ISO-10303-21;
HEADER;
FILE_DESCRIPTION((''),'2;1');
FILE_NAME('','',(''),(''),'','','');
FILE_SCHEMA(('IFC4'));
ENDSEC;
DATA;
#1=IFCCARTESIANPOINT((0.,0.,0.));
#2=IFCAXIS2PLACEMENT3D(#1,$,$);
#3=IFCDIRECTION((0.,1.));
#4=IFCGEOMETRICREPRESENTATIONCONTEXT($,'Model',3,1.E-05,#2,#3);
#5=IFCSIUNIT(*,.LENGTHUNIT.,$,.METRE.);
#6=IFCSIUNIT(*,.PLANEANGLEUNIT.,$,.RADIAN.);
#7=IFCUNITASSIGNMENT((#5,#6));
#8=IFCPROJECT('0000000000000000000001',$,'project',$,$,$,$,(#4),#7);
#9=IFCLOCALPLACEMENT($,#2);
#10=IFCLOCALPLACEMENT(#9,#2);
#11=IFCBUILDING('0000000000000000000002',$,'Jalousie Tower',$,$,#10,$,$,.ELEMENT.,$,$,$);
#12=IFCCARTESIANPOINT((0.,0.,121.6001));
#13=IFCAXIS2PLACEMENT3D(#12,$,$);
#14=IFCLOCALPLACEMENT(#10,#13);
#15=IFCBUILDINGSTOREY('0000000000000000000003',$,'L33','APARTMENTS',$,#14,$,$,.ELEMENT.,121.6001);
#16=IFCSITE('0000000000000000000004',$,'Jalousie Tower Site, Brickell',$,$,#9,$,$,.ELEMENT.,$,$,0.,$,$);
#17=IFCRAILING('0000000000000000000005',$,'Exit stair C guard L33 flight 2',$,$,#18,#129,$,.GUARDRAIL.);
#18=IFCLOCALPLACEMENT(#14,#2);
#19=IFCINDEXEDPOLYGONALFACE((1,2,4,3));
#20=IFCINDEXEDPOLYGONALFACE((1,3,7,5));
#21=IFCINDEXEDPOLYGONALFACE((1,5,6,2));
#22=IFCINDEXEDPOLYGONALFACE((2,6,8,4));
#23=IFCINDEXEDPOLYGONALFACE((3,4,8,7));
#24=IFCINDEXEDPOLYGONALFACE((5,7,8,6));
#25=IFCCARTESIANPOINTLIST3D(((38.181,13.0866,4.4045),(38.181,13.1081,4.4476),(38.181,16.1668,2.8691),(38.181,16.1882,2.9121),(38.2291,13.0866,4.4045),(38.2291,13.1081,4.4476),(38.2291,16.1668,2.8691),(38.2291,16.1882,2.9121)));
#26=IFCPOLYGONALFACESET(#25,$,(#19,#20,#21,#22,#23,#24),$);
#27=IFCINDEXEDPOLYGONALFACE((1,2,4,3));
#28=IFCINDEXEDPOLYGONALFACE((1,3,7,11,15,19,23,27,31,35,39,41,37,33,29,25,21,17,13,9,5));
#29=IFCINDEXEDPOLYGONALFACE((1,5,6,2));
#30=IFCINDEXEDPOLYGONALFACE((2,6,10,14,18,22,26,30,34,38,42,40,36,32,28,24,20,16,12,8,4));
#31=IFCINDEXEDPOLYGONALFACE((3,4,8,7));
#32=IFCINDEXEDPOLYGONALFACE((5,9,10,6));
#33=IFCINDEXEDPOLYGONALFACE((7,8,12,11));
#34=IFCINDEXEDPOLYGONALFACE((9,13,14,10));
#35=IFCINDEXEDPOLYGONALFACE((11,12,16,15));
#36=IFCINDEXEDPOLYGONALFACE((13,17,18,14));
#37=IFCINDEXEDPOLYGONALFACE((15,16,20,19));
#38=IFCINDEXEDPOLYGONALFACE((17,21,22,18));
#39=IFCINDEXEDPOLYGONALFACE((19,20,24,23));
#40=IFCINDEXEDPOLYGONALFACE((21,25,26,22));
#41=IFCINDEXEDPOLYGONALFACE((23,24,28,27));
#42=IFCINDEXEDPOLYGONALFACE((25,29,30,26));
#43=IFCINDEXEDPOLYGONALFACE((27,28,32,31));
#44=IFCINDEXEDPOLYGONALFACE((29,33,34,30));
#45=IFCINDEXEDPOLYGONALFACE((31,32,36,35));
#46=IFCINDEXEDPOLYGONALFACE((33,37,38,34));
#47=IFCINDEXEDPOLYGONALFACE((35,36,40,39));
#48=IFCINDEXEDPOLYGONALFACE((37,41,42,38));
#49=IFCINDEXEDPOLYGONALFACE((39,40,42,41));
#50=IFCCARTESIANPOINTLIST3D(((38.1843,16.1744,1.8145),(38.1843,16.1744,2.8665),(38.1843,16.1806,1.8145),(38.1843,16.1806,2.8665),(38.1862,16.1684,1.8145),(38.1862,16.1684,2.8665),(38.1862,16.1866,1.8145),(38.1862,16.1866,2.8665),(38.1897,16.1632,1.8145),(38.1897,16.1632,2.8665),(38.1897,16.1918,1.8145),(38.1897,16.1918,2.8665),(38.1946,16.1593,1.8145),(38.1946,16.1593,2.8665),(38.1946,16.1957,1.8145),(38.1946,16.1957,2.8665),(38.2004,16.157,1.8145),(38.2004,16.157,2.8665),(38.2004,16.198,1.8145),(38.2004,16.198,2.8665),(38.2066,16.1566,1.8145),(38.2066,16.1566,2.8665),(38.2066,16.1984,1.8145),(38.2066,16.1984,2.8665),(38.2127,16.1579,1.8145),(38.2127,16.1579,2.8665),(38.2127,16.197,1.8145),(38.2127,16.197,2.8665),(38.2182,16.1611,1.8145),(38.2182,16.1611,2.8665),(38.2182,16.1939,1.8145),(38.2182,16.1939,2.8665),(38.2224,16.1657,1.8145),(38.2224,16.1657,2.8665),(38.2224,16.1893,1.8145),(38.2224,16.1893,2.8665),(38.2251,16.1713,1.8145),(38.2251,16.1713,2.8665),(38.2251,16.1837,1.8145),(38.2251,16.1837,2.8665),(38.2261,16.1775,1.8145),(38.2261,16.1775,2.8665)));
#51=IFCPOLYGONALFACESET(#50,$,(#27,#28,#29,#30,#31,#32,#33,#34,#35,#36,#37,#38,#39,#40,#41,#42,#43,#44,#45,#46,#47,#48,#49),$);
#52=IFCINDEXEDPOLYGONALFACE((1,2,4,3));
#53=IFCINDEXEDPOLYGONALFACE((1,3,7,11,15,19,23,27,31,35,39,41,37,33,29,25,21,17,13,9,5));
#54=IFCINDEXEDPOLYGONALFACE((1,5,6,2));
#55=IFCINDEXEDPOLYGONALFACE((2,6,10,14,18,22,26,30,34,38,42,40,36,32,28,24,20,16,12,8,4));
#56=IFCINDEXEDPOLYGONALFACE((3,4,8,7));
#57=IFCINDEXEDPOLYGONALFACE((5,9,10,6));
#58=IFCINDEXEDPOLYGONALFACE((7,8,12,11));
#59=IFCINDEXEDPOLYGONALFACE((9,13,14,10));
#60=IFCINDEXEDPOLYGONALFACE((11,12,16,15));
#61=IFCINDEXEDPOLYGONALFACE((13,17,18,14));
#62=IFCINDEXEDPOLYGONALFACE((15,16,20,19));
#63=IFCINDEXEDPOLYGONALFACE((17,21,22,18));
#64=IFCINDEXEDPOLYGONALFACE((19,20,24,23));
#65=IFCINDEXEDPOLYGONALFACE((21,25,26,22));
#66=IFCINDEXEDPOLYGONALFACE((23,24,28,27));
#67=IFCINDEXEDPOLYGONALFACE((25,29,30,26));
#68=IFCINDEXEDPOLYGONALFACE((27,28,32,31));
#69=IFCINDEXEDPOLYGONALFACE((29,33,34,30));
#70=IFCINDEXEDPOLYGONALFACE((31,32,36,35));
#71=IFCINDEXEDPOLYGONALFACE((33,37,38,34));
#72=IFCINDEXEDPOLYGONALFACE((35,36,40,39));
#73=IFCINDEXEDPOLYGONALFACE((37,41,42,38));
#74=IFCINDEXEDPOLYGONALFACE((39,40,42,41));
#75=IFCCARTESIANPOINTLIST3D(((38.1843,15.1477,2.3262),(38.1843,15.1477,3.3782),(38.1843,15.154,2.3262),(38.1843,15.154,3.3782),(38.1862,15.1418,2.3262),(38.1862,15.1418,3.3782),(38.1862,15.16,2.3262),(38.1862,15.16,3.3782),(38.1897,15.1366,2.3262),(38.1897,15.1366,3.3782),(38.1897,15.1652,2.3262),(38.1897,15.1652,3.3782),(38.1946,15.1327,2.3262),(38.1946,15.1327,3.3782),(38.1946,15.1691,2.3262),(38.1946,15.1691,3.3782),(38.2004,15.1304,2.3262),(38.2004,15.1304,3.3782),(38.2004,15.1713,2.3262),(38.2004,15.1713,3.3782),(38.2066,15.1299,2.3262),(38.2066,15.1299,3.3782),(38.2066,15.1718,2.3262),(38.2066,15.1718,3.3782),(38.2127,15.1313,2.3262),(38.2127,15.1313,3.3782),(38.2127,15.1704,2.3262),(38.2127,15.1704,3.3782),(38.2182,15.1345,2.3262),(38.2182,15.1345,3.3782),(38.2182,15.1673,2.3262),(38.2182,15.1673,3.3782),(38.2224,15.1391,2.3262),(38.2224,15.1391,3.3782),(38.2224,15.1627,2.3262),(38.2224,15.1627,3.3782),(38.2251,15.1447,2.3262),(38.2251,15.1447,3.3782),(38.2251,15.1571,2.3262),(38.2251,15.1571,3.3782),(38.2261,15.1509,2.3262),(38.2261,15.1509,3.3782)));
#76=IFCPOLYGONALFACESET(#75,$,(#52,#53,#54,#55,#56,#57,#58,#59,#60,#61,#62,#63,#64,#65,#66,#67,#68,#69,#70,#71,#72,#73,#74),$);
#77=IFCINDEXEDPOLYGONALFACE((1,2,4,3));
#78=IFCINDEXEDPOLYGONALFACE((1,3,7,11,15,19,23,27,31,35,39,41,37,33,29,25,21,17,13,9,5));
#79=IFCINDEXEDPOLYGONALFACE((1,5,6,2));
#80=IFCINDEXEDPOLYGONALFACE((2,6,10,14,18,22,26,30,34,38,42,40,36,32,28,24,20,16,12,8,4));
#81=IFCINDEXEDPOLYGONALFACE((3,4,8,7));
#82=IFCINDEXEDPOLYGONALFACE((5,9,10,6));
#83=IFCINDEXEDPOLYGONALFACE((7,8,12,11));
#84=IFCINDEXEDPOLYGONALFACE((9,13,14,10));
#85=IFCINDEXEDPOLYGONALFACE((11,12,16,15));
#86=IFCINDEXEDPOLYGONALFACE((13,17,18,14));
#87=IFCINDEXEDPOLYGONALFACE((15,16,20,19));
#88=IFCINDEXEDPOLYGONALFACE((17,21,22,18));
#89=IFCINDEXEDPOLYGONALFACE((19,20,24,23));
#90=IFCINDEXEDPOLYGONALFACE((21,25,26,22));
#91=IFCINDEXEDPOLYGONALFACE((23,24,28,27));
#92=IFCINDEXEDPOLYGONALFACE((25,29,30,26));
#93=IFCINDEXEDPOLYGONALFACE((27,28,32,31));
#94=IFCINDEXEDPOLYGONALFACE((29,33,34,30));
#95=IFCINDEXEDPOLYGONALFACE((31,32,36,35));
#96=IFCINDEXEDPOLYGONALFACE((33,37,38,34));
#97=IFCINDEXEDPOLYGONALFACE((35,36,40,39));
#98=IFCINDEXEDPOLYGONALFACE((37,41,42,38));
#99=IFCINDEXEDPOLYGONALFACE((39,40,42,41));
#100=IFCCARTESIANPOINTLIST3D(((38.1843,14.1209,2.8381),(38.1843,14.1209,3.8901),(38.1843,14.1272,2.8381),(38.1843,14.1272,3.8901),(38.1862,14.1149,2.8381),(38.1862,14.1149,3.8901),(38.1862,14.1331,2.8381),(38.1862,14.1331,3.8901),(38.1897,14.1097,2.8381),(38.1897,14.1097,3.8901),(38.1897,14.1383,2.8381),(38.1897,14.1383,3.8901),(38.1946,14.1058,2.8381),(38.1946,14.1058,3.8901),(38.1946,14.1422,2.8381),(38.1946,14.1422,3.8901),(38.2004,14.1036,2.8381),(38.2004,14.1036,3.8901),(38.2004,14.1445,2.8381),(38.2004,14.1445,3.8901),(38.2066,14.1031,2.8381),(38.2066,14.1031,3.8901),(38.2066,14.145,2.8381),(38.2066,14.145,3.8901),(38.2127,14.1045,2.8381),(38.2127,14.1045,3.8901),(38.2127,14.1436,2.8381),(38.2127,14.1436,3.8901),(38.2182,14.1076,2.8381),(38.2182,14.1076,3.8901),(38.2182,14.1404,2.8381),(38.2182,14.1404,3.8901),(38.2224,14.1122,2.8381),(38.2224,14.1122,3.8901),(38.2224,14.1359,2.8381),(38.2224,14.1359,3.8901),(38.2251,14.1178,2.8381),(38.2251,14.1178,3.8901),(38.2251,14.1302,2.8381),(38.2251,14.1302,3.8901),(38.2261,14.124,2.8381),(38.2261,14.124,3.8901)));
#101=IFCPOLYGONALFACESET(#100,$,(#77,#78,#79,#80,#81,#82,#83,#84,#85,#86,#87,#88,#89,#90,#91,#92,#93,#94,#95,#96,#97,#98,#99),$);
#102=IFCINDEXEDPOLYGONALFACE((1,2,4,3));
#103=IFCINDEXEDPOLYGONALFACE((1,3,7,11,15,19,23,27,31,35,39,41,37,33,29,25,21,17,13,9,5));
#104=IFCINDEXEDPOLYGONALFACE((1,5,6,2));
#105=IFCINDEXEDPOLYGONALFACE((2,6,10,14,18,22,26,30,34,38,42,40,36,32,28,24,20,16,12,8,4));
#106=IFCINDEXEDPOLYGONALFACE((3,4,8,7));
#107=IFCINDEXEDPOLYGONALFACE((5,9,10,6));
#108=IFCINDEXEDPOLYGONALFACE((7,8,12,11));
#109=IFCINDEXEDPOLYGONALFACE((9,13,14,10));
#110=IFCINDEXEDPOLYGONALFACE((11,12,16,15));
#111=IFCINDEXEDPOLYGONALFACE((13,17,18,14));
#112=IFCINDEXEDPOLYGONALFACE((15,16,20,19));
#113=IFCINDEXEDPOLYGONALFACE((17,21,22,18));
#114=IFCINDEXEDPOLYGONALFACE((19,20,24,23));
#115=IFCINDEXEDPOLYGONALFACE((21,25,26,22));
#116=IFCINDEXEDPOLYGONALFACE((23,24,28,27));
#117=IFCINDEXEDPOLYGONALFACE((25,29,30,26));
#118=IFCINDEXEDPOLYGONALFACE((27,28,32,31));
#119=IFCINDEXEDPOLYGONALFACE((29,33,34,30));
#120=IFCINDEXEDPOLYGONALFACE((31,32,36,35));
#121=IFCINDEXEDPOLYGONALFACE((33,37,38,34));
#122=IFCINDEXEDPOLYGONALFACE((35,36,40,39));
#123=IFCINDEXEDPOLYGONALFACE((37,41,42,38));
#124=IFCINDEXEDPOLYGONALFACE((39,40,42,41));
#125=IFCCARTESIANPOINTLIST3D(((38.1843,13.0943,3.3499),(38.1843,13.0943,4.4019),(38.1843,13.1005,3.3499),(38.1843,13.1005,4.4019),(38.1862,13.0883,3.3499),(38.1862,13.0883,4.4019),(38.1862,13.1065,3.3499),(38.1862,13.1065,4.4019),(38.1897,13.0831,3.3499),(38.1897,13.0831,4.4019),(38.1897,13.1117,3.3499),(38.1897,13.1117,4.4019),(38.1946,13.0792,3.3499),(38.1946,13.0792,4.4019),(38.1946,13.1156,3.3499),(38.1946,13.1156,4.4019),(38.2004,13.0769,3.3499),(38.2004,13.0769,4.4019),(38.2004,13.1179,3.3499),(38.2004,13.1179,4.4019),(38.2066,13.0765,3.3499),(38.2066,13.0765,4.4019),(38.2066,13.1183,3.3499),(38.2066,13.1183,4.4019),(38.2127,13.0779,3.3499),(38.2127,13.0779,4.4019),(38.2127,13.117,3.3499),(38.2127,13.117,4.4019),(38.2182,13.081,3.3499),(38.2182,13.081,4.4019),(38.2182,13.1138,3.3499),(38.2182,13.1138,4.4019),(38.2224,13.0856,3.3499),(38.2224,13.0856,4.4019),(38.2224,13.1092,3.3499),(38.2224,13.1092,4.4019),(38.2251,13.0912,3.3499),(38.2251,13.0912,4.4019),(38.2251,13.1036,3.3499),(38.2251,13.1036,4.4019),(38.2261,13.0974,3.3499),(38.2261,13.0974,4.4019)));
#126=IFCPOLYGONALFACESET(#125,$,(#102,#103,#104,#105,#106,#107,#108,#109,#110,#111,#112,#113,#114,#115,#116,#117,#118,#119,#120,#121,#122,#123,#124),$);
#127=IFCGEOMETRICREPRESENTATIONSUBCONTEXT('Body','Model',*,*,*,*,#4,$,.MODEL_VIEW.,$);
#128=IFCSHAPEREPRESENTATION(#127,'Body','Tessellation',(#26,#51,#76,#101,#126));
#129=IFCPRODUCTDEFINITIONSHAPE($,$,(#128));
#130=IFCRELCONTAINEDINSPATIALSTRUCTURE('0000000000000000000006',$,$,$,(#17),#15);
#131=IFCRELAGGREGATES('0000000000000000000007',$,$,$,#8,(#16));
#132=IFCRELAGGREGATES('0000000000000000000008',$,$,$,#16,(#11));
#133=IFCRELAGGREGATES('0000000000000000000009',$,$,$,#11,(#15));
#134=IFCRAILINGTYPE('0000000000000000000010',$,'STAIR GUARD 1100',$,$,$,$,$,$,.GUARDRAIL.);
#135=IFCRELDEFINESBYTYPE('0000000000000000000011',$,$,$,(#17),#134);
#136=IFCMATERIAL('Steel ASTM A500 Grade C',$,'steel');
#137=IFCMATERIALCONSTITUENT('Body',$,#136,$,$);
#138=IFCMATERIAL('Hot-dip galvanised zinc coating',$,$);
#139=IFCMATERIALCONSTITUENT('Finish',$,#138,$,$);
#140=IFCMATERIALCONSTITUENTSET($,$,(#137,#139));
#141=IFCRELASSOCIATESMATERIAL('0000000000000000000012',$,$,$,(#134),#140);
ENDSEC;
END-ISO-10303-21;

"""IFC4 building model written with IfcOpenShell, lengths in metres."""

from ifc_helpers import new_model, si_unit, direction, frame, origin, origin_2d, place, context, subcontext, project, spatial, rectangle, circle, extrude, material, constituent, constituent_set, type_object, element, save


model = new_model("IFC4")

# Units and contexts
model_context = context("Model", 3, precision=1e-05, world=origin(), true_north=direction((0.0, 1.0)))
body_context = subcontext(model_context, "Body", "Model", "MODEL_VIEW")
ifc_project = project(units=[si_unit("LENGTHUNIT", "METRE"), si_unit("PLANEANGLEUNIT", "RADIAN")], contexts=[model_context])

# Site, building, storey
site_placement = place(None, origin())
site = spatial("IfcSite", under=ifc_project, at=site_placement, Name="Jalousie Tower Site, Brickell", CompositionType="ELEMENT", RefElevation=0.0)
building_placement = place(site_placement, origin())
building = spatial("IfcBuilding", under=site, at=building_placement, Name="Jalousie Tower", CompositionType="ELEMENT")
storey_placement = place(building_placement, frame((0.0, 0.0, 121.6001)))
storey = spatial("IfcBuildingStorey", under=building, at=storey_placement, Name="L33", Description="APARTMENTS", CompositionType="ELEMENT", Elevation=121.6001)

# Railing
ifc_material_1 = material(Name="Steel ASTM A500 Grade C", Category="steel")
ifc_constituent_1 = constituent(ifc_material_1, Name="Body")
ifc_material_2 = material(Name="Hot-dip galvanised zinc coating")
ifc_constituent_2 = constituent(ifc_material_2, Name="Finish")
ifc_constituent_set_1 = constituent_set(constituents=[ifc_constituent_1, ifc_constituent_2])
railing_type_1 = type_object("IfcRailingType", Name="STAIR GUARD 1100", PredefinedType="GUARDRAIL", material=ifc_constituent_set_1)
railing_1_placement = place(storey_placement, frame((38.2051, 16.1775, 1.8145)))
element("IfcRailing", 1, at=railing_1_placement, inside=storey, type_object=railing_type_1, Name="Exit stair C guard L33 flight 2", PredefinedType="GUARDRAIL", context=body_context, shape_type="SweptSolid", body=[
    extrude(rectangle(XDim=0.0481, YDim=0.0481, at=origin_2d()), frame((0.0, 0.0, 1.0762), z_axis=(0.0, -0.894966, 0.446135), x_axis=(1.0, 0.0, 0.0)), (0.0, 0.0, 1.0), 3.4417),
    extrude(circle(Radius=0.021, at=origin_2d()), origin(), (0.0, 0.0, 1.0), 1.052),
    extrude(circle(Radius=0.021, at=origin_2d()), frame((0.0, -1.0266, 0.5117)), (0.0, 0.0, 1.0), 1.052),
    extrude(circle(Radius=0.021, at=origin_2d()), frame((0.0, -2.0535, 1.0237)), (0.0, 0.0, 1.0), 1.052),
    extrude(circle(Radius=0.021, at=origin_2d()), frame((0.0, -3.0801, 1.5354)), (0.0, 0.0, 1.0), 1.052),
])

save(model, "model.ifc")
